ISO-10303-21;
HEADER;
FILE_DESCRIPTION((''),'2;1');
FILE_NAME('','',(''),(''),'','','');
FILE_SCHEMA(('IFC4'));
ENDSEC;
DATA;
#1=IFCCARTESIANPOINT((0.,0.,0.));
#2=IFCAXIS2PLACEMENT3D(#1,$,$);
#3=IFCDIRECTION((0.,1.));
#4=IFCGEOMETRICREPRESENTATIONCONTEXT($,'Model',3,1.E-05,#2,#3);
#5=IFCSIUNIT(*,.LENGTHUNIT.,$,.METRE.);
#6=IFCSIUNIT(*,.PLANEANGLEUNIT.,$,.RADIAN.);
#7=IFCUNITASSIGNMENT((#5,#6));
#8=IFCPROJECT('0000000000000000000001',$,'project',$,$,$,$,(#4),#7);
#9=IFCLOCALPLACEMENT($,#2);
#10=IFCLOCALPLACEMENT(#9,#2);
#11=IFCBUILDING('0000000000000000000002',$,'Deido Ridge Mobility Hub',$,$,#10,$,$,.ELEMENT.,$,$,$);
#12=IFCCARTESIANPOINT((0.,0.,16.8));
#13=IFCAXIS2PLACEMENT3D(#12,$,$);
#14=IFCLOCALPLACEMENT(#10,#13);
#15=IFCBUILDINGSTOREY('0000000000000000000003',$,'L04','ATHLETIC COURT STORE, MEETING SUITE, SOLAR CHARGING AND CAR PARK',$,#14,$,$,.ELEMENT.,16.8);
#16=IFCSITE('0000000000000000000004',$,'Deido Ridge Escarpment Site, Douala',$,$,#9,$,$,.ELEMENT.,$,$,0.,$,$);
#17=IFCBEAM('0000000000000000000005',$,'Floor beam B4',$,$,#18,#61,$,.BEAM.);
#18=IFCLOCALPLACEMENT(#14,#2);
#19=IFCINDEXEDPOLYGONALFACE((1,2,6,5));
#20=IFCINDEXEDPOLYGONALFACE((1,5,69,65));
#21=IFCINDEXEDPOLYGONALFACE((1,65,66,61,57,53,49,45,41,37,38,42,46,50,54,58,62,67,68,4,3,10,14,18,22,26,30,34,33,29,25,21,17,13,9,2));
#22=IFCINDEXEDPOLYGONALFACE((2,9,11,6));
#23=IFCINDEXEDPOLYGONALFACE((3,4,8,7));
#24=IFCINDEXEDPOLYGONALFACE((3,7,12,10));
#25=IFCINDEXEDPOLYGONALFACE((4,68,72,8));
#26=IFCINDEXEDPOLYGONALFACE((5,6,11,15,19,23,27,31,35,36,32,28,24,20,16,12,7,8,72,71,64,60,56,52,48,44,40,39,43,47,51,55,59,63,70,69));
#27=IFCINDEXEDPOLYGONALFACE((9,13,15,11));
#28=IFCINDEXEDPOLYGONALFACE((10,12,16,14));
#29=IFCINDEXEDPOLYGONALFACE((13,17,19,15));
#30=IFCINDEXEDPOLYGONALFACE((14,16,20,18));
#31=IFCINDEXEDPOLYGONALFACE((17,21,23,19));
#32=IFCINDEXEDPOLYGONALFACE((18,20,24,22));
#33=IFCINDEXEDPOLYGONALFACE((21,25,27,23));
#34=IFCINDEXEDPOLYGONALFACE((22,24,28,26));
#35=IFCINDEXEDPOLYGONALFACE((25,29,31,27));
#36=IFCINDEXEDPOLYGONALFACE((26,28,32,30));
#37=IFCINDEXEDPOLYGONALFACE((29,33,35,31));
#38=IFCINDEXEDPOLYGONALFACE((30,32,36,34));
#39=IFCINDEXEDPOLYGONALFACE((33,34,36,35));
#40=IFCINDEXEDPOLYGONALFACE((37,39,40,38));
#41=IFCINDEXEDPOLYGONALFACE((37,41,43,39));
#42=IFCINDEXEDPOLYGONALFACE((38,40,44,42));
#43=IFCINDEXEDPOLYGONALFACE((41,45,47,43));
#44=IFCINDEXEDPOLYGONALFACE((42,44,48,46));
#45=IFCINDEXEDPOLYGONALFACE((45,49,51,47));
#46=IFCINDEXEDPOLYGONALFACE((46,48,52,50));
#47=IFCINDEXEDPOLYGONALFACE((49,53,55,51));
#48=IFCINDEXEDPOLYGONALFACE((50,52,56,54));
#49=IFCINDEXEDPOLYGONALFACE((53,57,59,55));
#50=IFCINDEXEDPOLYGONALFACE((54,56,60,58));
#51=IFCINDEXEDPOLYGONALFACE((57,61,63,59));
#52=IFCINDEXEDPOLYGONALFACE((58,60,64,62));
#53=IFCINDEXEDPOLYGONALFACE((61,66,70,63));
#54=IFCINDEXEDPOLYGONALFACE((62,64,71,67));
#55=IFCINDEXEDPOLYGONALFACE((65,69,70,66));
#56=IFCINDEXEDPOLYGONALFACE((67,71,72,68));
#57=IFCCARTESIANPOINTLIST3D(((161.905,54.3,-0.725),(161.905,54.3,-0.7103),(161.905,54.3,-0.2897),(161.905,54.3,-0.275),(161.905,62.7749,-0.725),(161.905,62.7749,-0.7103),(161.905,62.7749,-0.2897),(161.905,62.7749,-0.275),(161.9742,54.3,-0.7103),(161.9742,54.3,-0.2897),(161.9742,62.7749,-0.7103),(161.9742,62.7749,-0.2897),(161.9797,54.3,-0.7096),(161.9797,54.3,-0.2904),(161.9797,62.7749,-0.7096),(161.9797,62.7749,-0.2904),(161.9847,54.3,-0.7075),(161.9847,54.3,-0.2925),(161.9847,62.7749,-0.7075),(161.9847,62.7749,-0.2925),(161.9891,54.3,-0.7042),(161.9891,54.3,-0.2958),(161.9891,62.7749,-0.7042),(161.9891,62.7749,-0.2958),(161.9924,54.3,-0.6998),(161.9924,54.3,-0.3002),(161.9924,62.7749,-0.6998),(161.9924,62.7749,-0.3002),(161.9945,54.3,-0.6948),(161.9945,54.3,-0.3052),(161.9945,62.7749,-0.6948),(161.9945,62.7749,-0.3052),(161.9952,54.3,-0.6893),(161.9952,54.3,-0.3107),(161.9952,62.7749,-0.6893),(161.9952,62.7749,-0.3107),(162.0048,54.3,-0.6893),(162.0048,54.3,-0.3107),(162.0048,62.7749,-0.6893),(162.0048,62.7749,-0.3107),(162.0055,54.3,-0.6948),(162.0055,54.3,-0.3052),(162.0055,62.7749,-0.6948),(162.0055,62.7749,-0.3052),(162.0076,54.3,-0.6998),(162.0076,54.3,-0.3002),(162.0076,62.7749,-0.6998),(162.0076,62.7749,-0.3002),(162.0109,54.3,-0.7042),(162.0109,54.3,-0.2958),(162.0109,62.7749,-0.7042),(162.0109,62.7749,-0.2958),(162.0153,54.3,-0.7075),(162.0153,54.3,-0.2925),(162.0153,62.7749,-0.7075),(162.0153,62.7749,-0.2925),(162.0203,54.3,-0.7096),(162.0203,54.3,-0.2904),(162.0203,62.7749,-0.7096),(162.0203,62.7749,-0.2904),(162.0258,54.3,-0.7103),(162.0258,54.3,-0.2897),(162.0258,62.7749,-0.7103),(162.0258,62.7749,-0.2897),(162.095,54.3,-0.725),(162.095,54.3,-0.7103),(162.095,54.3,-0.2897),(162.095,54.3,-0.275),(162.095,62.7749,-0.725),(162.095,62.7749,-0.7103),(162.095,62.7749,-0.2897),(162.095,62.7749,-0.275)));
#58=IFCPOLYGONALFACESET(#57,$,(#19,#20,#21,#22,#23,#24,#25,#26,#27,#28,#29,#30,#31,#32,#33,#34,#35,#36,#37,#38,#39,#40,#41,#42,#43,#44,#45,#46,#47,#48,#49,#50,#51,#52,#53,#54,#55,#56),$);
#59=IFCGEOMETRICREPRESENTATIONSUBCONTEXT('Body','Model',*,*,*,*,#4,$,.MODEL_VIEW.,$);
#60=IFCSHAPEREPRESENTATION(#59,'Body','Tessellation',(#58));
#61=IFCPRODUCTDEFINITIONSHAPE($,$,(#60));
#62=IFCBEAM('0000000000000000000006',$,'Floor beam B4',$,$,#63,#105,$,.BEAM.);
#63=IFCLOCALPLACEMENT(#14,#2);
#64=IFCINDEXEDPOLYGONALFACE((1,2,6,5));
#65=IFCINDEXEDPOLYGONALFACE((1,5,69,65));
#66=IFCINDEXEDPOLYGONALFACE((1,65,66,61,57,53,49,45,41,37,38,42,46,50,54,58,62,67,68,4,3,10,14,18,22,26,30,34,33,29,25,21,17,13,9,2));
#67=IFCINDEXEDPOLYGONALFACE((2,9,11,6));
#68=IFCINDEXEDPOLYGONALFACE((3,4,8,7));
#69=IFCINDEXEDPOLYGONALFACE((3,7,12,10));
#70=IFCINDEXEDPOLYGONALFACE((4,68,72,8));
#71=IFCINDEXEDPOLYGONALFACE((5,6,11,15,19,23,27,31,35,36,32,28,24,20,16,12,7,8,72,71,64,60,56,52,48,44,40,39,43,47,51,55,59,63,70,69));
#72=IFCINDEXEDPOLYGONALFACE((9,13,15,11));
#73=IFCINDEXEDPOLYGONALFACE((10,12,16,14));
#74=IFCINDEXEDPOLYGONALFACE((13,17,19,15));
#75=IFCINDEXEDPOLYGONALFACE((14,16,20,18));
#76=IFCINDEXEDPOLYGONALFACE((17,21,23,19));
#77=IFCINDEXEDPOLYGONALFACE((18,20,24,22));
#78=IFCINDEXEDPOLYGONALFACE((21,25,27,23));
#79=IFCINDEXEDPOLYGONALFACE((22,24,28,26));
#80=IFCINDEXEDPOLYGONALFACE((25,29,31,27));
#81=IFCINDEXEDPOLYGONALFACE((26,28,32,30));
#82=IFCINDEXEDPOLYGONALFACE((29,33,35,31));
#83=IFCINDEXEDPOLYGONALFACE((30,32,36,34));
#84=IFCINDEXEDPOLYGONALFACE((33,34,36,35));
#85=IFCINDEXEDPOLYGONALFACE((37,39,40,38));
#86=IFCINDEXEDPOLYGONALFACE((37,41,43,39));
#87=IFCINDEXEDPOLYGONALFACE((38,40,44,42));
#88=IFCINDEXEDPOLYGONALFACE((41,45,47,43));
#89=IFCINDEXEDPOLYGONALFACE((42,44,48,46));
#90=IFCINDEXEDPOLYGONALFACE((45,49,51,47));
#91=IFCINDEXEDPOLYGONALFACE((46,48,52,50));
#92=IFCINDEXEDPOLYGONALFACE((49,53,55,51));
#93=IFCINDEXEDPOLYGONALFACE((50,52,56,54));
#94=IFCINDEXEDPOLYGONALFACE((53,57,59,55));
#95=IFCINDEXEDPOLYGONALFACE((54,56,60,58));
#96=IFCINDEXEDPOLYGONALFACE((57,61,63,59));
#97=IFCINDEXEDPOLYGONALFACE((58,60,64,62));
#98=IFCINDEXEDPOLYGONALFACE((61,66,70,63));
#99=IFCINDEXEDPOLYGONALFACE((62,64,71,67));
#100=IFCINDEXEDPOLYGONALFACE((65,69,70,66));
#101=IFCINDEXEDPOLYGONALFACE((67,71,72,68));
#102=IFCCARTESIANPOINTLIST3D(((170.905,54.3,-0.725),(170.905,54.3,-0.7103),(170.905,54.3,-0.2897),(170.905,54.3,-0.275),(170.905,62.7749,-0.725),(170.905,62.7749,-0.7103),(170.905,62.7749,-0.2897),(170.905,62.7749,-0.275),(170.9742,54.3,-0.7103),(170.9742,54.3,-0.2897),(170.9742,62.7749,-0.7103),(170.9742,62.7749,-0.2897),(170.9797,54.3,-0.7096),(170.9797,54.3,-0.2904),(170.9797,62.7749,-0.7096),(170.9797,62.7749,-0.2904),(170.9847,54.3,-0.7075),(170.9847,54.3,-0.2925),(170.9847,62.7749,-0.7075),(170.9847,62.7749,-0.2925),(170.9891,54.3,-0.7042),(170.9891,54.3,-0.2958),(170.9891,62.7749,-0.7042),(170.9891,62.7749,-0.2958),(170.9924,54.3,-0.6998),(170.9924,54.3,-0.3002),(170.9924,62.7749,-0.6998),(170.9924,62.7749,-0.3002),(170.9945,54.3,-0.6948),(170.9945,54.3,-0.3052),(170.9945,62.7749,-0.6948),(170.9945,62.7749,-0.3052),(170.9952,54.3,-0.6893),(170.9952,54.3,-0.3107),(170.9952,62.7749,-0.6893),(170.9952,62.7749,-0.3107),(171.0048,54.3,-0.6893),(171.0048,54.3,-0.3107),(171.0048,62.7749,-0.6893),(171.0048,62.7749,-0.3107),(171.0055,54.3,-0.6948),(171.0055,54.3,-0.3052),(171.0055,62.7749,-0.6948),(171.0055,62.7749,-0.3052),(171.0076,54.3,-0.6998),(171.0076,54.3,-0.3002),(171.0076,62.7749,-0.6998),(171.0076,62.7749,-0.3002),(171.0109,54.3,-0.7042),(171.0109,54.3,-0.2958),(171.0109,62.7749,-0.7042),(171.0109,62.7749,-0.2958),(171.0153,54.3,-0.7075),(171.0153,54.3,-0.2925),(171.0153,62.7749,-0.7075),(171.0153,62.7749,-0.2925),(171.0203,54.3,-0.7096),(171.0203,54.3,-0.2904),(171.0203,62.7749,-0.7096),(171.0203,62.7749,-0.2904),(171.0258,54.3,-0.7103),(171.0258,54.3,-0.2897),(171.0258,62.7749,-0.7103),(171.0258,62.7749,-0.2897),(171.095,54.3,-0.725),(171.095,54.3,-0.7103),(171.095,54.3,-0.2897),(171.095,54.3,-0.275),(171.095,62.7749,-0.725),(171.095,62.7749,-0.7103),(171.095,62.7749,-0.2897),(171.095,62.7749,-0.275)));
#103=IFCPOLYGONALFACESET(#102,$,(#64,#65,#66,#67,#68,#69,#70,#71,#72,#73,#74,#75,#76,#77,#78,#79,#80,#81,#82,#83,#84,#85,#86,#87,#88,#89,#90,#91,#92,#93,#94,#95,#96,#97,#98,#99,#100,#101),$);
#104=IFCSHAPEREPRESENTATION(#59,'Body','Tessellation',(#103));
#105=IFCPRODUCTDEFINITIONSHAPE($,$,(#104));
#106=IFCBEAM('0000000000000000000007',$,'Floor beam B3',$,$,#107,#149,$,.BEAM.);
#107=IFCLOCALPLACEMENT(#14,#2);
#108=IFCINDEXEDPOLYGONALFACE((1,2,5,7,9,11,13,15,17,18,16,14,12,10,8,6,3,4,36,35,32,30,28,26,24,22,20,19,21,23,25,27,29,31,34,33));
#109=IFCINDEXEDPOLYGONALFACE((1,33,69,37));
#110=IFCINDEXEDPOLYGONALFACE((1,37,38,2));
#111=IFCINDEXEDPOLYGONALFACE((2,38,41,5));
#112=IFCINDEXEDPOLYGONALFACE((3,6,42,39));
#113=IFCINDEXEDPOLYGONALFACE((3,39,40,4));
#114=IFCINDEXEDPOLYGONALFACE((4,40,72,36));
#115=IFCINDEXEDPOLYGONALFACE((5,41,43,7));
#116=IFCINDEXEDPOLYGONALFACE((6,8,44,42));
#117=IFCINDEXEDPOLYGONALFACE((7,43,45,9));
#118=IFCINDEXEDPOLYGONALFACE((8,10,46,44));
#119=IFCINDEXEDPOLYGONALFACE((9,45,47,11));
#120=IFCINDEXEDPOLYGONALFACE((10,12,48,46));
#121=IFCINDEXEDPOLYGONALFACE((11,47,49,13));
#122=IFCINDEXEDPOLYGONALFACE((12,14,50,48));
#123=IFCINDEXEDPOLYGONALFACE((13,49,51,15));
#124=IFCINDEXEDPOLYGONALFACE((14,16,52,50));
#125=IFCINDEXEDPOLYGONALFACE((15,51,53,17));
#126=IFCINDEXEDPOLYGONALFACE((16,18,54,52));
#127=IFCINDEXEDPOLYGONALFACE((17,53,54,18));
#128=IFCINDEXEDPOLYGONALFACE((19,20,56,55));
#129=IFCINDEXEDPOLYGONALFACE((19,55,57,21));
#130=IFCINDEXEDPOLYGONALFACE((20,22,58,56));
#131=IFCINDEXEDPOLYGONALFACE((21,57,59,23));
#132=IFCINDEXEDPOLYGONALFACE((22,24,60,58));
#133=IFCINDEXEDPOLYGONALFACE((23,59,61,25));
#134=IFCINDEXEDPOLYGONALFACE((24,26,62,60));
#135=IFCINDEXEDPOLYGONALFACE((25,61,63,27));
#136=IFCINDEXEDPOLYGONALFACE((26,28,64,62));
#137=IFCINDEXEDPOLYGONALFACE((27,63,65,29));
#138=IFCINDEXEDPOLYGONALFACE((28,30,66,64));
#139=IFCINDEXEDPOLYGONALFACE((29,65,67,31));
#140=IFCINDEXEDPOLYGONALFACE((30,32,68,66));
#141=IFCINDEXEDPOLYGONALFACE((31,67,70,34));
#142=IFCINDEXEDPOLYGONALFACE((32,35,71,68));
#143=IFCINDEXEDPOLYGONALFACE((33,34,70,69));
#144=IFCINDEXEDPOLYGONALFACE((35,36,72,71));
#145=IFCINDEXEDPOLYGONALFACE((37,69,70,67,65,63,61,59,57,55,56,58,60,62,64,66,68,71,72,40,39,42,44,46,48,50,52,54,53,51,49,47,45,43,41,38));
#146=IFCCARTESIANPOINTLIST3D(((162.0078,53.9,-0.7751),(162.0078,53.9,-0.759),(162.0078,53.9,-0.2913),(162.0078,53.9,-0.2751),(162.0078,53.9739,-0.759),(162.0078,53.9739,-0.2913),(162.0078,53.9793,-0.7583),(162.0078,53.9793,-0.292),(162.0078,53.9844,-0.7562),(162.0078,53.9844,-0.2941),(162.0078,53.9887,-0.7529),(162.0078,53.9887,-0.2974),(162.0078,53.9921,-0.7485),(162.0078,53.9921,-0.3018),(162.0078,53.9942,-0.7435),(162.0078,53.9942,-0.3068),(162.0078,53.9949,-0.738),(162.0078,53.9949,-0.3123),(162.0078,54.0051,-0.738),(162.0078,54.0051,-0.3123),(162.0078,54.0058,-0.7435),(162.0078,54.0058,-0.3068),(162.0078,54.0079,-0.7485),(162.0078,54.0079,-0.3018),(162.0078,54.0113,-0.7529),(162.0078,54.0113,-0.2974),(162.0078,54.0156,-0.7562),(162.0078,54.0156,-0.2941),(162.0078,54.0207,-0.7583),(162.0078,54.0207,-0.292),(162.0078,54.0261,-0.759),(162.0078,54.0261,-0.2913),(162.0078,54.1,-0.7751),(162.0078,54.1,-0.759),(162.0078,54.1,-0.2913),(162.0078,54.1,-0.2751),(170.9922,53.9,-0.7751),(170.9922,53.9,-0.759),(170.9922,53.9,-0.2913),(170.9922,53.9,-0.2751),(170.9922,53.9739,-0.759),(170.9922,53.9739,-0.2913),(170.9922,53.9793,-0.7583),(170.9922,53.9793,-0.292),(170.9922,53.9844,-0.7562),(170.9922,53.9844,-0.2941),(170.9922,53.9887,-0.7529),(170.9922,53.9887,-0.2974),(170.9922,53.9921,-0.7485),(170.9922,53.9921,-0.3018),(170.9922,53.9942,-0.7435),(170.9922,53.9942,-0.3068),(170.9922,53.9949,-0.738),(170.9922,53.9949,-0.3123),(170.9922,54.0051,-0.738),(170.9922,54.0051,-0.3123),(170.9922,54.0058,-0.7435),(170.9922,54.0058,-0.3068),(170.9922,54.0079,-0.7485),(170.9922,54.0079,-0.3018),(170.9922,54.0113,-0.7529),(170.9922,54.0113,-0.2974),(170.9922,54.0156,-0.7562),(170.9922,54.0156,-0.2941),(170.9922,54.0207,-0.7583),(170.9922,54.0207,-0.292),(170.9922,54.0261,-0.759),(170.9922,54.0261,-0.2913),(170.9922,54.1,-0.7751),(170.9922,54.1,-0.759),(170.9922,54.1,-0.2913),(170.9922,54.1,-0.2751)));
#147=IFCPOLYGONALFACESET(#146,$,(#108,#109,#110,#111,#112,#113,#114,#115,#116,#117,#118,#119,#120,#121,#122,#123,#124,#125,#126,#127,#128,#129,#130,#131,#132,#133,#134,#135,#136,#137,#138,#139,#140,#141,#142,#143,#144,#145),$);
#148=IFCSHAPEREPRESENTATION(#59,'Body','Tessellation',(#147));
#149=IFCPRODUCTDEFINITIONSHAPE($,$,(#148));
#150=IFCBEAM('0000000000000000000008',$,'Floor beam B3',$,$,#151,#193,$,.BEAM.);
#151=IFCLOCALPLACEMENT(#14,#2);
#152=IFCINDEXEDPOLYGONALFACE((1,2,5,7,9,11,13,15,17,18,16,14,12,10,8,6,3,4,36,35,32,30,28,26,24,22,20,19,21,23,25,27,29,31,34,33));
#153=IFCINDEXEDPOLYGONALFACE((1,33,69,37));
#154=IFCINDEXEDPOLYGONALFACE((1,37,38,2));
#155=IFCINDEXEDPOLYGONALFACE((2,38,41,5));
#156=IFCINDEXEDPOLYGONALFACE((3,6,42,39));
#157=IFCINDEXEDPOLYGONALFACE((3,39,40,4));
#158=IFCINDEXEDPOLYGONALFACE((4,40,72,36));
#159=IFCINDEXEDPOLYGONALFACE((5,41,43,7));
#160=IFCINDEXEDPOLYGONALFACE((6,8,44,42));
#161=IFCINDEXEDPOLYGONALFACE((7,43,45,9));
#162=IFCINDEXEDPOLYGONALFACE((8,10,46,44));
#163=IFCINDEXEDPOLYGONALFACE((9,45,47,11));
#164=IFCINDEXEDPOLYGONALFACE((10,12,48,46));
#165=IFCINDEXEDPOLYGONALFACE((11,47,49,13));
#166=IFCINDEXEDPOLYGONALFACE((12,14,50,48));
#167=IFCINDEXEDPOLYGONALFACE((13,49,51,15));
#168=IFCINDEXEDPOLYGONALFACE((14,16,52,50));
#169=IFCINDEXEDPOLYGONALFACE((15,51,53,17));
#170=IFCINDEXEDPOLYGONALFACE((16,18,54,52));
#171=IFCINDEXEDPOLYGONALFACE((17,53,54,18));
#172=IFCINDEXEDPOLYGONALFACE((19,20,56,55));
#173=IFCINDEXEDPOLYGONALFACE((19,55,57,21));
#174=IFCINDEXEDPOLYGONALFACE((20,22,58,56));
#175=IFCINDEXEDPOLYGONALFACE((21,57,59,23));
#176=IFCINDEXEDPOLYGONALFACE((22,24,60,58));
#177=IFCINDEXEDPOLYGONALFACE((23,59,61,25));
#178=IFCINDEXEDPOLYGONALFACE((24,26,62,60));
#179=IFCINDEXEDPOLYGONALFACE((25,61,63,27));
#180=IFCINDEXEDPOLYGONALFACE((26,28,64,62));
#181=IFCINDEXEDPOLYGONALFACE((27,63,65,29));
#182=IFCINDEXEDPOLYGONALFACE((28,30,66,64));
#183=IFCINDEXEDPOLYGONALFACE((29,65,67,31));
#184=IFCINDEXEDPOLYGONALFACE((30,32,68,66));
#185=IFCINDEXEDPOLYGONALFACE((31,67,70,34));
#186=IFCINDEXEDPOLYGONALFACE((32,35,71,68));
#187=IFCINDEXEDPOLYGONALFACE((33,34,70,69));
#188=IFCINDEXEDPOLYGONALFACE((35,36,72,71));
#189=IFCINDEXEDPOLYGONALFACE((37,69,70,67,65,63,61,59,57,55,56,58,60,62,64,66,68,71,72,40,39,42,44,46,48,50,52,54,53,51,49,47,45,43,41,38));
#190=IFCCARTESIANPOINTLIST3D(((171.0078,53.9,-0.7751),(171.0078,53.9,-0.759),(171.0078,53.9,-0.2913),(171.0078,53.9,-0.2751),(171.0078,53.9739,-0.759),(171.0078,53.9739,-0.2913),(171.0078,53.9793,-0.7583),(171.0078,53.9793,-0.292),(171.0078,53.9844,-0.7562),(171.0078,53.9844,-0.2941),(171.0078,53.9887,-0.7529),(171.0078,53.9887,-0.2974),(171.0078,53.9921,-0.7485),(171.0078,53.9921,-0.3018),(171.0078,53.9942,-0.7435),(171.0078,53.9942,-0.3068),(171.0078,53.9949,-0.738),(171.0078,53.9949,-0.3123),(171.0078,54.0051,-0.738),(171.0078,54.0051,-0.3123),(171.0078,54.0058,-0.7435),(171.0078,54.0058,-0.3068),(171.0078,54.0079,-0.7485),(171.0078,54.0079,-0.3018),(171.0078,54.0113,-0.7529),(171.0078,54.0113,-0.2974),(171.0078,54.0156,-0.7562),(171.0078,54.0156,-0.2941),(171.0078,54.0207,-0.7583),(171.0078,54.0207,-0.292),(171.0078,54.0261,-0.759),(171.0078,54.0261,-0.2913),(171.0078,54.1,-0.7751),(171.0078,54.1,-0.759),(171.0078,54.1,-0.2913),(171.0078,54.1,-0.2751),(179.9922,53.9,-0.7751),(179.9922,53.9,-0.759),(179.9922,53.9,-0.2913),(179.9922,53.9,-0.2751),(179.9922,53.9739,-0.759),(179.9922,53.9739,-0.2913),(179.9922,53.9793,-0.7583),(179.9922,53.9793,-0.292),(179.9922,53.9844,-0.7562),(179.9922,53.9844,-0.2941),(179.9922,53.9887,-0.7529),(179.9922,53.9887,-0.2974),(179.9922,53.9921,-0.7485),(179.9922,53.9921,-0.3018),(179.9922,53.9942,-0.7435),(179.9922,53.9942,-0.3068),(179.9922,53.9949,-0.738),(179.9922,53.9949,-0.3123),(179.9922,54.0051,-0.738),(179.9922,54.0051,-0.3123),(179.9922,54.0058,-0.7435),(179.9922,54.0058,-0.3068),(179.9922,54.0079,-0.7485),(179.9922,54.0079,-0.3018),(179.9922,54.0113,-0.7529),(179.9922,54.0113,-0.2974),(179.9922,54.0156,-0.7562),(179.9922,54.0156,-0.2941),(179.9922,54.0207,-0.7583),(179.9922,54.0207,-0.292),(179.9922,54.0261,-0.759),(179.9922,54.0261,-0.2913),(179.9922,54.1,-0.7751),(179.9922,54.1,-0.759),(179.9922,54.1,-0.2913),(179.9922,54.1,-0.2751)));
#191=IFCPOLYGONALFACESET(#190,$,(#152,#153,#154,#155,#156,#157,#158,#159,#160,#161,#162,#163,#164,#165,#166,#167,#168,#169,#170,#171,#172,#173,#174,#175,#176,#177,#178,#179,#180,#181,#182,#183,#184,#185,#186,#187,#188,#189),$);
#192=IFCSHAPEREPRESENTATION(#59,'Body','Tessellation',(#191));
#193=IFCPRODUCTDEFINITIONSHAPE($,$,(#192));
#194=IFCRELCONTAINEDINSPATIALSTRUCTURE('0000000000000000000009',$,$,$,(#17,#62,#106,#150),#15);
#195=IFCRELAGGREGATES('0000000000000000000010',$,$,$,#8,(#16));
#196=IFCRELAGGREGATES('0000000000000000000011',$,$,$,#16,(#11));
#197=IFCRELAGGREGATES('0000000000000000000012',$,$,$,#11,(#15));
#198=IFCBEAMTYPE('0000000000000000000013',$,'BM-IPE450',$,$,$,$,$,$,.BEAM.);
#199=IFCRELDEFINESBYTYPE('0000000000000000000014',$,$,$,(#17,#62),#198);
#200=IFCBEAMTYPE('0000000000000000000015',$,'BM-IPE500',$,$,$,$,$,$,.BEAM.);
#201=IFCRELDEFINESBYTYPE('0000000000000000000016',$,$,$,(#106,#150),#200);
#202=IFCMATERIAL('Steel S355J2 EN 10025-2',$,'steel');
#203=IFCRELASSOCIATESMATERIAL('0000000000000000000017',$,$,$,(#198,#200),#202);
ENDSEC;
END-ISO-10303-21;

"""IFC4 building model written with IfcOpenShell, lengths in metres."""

from ifc_helpers import new_model, si_unit, direction, frame, origin, origin_2d, place, context, subcontext, project, spatial, i_section, extrude, material, material_profile, profile_set, type_object, element, save


model = new_model("IFC4")

# Units and contexts
model_context = context("Model", 3, precision=1e-05, world=origin(), true_north=direction((0.0, 1.0)))
body_context = subcontext(model_context, "Body", "Model", "MODEL_VIEW")
ifc_project = project(units=[si_unit("LENGTHUNIT", "METRE"), si_unit("PLANEANGLEUNIT", "RADIAN")], contexts=[model_context])

# Site, building, storey
site_placement = place(None, origin())
site = spatial("IfcSite", under=ifc_project, at=site_placement, Name="Deido Ridge Escarpment Site, Douala", CompositionType="ELEMENT", RefElevation=0.0)
building_placement = place(site_placement, origin())
building = spatial("IfcBuilding", under=site, at=building_placement, Name="Deido Ridge Mobility Hub", CompositionType="ELEMENT")
storey_placement = place(building_placement, frame((0.0, 0.0, 16.8)))
storey = spatial("IfcBuildingStorey", under=building, at=storey_placement, Name="L04", Description="ATHLETIC COURT STORE, MEETING SUITE, SOLAR CHARGING AND CAR PARK", CompositionType="ELEMENT", Elevation=16.8)

# Shared definitions
ifc_material_1 = material(Name="Steel S355J2 EN 10025-2", Category="steel")

# Beams
ifc_material_profile_1 = material_profile(ifc_material_1, i_section(OverallWidth=0.1899, OverallDepth=0.45, WebThickness=0.0095, FlangeThickness=0.0146, FilletRadius=0.021, at=origin_2d()), Name="IPE 450")
ifc_profile_set_1 = profile_set([ifc_material_profile_1], Name="Steel S355J2 EN 10025-2")
beam_type_1 = type_object("IfcBeamType", Name="BM-IPE450", PredefinedType="BEAM", material=ifc_profile_set_1)
for number, where, z_axis, x_axis, name in (
    (1, (162.0, 54.3, -0.5), (0.0, 1.0, 0.0), (-1.0, 0.0, 0.0), "Floor beam B4"),
    (2, (171.0, 54.3, -0.5), (0.0, 1.0, 0.0), (-1.0, 0.0, 0.0), "Floor beam B4"),
):
    element("IfcBeam", number, at=place(storey_placement, frame(where, z_axis=z_axis, x_axis=x_axis)), inside=storey, type_object=beam_type_1, Name=name, PredefinedType="BEAM", context=body_context, shape_type="SweptSolid", body=[
        extrude(i_section(OverallWidth=0.1899, OverallDepth=0.45, WebThickness=0.0095, FlangeThickness=0.0146, FilletRadius=0.021, at=origin_2d()), origin(), (0.0, 0.0, 1.0), 8.4749),
    ])
ifc_material_profile_2 = material_profile(ifc_material_1, i_section(OverallWidth=0.2, OverallDepth=0.5, WebThickness=0.0103, FlangeThickness=0.0161, FilletRadius=0.021, at=origin_2d()), Name="IPE 500")
ifc_profile_set_2 = profile_set([ifc_material_profile_2], Name="Steel S355J2 EN 10025-2")
beam_type_2 = type_object("IfcBeamType", Name="BM-IPE500", PredefinedType="BEAM", material=ifc_profile_set_2)
for number, where, z_axis, x_axis, name in (
    (3, (162.0078, 54.0, -0.5251), (1.0, 0.0, 0.0), (0.0, 1.0, 0.0), "Floor beam B3"),
    (4, (171.0078, 54.0, -0.5251), (1.0, 0.0, 0.0), (0.0, 1.0, 0.0), "Floor beam B3"),
):
    element("IfcBeam", number, at=place(storey_placement, frame(where, z_axis=z_axis, x_axis=x_axis)), inside=storey, type_object=beam_type_2, Name=name, PredefinedType="BEAM", context=body_context, shape_type="SweptSolid", body=[
        extrude(i_section(OverallWidth=0.2, OverallDepth=0.5, WebThickness=0.0103, FlangeThickness=0.0161, FilletRadius=0.021, at=origin_2d()), origin(), (0.0, 0.0, 1.0), 8.9844),
    ])

save(model, "model.ifc")
